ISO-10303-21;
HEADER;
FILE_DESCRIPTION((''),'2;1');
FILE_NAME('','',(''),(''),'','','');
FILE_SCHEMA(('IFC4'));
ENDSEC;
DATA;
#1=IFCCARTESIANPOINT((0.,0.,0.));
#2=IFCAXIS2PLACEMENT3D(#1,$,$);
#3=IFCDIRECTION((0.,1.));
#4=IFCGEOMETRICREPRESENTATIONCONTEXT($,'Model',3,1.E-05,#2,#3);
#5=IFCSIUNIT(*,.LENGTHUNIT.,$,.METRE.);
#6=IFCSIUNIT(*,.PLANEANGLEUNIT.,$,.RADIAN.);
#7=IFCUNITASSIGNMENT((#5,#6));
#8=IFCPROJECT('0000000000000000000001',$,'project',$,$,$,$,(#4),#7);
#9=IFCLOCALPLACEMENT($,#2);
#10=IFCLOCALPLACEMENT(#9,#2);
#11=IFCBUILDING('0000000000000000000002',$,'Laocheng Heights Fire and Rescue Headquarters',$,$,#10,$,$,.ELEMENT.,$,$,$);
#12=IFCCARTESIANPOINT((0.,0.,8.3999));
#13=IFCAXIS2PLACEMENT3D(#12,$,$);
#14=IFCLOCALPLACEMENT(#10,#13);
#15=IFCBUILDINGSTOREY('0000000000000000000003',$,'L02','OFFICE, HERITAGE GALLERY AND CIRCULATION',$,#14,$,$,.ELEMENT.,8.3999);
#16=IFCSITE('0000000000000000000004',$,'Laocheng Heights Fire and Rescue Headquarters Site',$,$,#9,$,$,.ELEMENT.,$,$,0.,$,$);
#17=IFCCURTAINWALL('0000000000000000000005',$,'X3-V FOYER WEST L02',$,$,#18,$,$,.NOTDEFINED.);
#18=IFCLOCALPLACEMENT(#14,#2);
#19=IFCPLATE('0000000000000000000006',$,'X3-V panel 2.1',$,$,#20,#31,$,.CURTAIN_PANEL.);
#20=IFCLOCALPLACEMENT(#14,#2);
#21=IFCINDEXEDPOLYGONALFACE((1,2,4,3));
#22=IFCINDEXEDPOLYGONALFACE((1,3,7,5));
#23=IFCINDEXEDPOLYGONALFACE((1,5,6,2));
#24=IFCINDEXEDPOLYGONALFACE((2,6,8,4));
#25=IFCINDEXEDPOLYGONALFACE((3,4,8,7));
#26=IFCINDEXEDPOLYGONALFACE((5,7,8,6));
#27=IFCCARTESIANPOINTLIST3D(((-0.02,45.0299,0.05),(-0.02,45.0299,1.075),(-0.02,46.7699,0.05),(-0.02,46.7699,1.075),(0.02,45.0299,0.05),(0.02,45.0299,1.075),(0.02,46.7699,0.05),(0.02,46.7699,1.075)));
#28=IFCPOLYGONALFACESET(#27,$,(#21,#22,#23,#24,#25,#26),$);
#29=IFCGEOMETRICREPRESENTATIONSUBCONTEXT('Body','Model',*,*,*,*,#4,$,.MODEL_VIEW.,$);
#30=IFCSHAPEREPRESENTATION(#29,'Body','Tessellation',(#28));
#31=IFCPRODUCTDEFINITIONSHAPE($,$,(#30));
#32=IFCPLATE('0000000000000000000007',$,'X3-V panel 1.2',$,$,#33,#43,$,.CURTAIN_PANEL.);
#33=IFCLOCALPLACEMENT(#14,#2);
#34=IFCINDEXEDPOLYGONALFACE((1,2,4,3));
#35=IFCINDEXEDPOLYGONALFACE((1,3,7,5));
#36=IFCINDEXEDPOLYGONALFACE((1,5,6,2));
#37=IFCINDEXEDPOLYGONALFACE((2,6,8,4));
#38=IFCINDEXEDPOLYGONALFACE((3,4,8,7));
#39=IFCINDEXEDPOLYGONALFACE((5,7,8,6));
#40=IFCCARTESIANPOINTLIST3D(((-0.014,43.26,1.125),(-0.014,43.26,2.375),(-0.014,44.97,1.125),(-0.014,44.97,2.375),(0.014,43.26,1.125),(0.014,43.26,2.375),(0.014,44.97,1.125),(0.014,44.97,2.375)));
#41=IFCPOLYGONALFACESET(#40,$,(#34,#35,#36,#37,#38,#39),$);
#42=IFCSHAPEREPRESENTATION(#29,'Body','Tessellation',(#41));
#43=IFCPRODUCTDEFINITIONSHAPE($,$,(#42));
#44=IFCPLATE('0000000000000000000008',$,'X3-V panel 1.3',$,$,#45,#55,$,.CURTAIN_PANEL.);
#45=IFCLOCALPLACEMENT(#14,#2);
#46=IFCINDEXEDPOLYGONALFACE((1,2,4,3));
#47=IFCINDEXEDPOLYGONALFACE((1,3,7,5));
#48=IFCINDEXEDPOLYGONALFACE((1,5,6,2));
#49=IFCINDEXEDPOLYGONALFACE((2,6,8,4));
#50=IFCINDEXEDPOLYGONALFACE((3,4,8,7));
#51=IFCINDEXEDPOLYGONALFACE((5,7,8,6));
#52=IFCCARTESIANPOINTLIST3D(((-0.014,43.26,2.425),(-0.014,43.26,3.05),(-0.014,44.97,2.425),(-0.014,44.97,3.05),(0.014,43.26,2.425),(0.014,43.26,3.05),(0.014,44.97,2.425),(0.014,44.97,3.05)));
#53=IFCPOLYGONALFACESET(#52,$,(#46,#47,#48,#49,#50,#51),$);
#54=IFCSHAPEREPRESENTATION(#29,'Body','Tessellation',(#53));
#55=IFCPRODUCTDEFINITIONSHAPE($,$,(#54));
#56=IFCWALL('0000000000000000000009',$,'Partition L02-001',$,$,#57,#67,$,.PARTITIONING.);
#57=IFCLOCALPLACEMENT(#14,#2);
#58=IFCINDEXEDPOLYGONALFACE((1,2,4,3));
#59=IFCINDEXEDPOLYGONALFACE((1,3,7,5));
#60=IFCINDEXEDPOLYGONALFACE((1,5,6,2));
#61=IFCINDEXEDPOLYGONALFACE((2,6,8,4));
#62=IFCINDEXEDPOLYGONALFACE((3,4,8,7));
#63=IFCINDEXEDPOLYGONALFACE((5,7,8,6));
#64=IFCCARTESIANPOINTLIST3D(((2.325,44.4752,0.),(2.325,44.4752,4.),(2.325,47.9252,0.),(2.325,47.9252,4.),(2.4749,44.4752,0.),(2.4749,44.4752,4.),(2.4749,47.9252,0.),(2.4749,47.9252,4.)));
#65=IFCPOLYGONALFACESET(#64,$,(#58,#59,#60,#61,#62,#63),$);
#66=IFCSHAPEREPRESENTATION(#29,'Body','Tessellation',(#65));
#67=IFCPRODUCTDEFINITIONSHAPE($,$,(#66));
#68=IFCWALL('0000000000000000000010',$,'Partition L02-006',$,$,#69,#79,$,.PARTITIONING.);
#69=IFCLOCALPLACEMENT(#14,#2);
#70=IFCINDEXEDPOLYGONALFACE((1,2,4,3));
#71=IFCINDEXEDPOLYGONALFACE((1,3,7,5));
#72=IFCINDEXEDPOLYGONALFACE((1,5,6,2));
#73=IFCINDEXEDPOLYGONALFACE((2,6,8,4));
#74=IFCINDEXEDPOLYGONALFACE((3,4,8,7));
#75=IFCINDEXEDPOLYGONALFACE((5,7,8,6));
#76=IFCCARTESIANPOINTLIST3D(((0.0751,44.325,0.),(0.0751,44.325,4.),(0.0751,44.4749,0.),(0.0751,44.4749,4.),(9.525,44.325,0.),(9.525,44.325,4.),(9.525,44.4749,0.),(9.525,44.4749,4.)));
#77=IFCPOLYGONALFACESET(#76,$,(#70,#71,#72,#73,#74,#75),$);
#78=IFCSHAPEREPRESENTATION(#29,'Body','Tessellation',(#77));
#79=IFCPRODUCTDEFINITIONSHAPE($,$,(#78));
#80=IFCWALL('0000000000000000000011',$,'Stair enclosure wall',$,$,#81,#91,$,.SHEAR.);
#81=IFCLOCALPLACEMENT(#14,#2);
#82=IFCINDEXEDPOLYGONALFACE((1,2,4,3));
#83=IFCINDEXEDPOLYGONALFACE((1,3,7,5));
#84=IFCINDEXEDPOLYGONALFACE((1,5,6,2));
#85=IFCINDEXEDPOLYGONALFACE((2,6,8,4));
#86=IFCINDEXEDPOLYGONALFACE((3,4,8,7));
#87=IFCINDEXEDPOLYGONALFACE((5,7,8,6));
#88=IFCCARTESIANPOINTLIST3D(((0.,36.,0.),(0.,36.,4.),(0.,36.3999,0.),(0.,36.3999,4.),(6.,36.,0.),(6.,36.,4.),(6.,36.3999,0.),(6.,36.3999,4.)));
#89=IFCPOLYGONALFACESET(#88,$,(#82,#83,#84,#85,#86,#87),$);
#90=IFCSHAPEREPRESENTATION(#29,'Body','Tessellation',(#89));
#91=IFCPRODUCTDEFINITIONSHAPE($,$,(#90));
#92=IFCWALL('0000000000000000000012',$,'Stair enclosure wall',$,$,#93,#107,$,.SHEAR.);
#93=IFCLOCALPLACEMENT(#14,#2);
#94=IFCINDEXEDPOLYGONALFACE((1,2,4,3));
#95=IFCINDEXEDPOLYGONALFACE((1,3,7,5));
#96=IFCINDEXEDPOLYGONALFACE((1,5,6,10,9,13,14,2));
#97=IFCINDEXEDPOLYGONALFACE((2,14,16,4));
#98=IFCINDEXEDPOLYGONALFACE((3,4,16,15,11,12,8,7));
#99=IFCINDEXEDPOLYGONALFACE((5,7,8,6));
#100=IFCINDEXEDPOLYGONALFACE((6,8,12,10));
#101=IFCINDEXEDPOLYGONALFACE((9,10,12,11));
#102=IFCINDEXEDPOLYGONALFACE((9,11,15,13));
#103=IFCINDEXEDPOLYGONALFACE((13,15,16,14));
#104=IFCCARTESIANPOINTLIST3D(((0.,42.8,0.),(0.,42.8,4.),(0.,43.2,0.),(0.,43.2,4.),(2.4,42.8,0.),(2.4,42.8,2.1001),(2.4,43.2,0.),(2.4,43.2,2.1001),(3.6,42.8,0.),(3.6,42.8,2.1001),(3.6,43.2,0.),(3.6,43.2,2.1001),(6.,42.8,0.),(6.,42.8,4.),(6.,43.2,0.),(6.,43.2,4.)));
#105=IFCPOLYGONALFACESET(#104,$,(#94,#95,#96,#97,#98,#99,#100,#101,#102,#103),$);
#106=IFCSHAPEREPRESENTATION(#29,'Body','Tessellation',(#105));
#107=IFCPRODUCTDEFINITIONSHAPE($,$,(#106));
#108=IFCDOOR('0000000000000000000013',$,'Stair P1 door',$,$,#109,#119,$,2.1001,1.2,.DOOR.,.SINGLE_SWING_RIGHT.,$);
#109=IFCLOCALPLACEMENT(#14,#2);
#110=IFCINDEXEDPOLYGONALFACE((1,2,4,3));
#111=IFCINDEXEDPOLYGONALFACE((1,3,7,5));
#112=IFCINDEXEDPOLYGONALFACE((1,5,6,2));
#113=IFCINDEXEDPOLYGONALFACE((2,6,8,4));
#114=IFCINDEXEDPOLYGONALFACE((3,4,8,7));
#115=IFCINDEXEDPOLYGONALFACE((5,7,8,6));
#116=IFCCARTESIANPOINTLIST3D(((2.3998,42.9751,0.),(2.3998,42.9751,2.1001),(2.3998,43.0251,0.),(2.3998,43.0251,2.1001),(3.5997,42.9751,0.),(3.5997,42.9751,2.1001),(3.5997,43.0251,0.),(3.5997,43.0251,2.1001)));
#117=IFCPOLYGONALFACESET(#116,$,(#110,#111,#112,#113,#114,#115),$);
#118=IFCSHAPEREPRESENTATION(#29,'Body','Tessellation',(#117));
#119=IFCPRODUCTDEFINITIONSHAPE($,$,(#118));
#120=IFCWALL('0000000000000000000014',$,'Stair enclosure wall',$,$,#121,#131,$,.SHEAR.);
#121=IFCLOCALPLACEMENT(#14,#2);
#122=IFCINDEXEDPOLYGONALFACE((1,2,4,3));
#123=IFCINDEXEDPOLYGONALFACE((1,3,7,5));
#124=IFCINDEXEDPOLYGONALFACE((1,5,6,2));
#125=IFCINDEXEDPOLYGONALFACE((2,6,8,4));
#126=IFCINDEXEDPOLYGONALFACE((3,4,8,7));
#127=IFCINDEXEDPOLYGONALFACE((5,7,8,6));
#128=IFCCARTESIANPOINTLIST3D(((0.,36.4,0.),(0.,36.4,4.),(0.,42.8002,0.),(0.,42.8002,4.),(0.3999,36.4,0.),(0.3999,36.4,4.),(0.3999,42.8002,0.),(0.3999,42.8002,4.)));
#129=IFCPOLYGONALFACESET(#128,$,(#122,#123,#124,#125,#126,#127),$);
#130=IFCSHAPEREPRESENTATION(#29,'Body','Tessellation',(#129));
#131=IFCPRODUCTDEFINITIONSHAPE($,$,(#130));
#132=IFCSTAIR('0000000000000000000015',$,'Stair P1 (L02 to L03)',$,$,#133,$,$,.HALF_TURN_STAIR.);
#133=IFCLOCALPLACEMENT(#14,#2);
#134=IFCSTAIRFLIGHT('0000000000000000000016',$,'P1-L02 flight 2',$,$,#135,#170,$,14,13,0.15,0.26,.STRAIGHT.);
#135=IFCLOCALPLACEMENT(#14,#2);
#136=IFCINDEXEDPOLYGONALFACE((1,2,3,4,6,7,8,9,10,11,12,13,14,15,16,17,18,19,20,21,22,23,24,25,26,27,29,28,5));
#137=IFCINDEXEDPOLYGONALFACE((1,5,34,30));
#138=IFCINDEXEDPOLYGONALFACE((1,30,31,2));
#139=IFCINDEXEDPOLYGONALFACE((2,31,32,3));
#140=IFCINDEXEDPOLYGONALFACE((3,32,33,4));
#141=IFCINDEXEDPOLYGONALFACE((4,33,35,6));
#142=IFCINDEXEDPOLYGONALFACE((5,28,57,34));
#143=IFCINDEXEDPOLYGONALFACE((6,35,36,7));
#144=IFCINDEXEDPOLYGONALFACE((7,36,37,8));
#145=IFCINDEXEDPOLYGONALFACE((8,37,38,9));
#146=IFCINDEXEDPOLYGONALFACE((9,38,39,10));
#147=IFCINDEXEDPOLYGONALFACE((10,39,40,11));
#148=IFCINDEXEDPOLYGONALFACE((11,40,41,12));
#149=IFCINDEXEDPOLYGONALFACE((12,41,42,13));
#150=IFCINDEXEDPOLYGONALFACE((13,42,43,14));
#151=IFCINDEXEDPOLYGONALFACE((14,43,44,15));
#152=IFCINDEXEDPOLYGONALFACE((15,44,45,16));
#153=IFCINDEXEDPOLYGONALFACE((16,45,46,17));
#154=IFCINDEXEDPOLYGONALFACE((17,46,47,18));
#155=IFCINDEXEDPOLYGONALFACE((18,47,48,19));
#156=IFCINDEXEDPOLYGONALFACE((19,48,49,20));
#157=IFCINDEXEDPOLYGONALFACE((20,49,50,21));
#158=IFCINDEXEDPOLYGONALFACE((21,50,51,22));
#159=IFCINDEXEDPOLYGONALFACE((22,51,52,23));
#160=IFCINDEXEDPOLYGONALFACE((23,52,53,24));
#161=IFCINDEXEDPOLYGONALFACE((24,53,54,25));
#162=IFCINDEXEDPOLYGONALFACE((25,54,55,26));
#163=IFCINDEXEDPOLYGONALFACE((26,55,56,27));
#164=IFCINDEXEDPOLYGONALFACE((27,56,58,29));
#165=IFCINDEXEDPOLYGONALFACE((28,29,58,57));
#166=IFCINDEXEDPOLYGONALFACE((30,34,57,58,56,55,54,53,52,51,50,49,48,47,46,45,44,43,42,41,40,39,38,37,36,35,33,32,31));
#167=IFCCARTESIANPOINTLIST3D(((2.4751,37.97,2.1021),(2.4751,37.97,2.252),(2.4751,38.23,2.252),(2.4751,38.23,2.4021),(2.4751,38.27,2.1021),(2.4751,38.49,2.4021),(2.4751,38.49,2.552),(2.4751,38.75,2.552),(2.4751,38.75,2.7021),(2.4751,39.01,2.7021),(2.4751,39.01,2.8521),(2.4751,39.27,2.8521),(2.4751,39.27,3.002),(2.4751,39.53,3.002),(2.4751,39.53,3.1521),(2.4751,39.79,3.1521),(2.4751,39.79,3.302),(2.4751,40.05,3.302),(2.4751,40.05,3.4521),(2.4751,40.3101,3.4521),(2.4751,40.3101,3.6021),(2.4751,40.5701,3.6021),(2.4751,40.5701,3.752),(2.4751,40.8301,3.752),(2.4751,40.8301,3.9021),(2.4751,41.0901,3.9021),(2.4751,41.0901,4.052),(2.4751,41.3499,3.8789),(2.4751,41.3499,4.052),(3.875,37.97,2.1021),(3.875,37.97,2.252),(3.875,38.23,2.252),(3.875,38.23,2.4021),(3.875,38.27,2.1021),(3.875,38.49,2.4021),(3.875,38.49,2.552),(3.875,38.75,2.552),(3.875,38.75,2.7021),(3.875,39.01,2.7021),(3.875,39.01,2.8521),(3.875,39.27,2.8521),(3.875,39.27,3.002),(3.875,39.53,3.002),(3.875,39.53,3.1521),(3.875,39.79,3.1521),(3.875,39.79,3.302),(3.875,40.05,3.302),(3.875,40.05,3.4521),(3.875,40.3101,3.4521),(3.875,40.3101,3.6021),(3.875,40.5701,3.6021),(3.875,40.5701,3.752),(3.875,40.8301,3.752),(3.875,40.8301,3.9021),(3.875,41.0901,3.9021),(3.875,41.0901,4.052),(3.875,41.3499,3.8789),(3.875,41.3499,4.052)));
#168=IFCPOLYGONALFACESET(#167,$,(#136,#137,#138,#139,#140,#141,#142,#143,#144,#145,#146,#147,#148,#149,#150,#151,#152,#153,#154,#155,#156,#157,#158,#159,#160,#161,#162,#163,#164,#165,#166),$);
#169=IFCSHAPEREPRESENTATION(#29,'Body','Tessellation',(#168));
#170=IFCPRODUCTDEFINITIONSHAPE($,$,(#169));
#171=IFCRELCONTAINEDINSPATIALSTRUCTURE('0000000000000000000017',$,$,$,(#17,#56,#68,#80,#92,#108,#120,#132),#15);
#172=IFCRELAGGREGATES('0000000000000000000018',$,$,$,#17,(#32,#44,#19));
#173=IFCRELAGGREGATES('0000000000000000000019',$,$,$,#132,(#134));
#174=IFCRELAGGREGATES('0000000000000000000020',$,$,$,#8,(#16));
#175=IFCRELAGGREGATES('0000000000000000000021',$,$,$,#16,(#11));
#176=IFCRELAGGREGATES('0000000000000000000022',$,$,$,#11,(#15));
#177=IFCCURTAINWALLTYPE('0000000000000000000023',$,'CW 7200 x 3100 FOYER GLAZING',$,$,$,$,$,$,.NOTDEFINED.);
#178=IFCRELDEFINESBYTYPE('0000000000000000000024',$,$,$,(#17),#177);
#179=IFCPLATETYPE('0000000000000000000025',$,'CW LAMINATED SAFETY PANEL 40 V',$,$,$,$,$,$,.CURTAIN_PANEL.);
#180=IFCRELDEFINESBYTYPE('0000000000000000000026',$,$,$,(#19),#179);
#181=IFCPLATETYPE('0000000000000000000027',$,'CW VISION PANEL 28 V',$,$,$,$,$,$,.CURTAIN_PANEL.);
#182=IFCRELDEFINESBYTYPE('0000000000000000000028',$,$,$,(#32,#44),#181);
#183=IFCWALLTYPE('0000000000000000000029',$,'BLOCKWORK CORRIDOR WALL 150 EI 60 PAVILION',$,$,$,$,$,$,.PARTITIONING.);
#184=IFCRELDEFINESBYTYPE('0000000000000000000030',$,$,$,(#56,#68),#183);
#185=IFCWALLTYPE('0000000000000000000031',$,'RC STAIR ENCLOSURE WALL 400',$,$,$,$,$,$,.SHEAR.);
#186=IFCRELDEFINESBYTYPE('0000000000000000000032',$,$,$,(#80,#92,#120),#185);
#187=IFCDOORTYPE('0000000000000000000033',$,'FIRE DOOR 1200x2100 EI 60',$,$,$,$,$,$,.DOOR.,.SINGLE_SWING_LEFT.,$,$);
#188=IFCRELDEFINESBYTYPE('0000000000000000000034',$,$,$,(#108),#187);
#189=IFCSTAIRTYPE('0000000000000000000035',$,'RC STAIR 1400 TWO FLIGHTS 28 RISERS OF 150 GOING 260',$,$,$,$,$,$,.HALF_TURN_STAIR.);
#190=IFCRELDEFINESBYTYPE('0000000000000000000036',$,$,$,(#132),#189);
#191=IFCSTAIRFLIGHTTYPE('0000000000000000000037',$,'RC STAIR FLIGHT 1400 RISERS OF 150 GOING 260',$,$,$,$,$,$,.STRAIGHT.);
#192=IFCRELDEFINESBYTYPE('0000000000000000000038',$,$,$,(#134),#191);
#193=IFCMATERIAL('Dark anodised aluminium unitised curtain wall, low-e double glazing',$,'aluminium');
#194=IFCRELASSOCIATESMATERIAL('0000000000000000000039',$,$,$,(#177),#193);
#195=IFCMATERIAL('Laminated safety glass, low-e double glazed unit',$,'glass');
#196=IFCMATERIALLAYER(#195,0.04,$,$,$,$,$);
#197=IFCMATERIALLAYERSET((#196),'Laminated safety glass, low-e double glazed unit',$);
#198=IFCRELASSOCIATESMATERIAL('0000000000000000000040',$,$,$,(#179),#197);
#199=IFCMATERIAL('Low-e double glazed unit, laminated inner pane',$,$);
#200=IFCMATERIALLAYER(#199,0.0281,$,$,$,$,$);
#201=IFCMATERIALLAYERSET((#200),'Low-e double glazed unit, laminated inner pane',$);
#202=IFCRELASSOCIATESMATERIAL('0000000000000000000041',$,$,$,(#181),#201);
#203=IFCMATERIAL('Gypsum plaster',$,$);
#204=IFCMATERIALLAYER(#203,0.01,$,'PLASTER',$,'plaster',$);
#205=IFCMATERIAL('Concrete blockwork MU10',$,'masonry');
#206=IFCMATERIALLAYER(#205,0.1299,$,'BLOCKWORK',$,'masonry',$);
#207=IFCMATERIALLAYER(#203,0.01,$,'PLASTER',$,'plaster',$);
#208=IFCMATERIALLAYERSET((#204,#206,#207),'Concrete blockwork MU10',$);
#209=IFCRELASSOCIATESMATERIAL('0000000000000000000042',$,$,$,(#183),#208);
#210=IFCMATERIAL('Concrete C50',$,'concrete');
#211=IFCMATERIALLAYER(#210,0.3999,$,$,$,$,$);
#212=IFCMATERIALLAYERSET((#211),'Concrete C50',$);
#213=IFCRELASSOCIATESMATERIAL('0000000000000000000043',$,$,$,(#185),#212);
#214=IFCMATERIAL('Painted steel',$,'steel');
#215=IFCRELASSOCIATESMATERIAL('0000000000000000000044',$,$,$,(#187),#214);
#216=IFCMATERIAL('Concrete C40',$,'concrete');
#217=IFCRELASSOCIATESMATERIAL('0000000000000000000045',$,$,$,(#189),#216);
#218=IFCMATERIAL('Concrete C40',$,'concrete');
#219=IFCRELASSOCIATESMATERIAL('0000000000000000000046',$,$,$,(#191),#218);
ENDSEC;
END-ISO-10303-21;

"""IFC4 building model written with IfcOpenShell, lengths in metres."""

from ifc_helpers import new_model, si_unit, direction, frame, frame_2d, origin, origin_2d, place, context, subcontext, project, spatial, polyline, rectangle, outline, extrude, material, layer, layer_set, type_object, element, fill, aggregate, save


model = new_model("IFC4")

# Units and contexts
model_context = context("Model", 3, precision=1e-05, world=origin(), true_north=direction((0.0, 1.0)))
body_context = subcontext(model_context, "Body", "Model", "MODEL_VIEW")
ifc_project = project(units=[si_unit("LENGTHUNIT", "METRE"), si_unit("PLANEANGLEUNIT", "RADIAN")], contexts=[model_context])

# Site, building, storey
site_placement = place(None, origin())
site = spatial("IfcSite", under=ifc_project, at=site_placement, Name="Laocheng Heights Fire and Rescue Headquarters Site", CompositionType="ELEMENT", RefElevation=0.0)
building_placement = place(site_placement, origin())
building = spatial("IfcBuilding", under=site, at=building_placement, Name="Laocheng Heights Fire and Rescue Headquarters", CompositionType="ELEMENT")
storey_placement = place(building_placement, frame((0.0, 0.0, 8.3999)))
storey = spatial("IfcBuildingStorey", under=building, at=storey_placement, Name="L02", Description="OFFICE, HERITAGE GALLERY AND CIRCULATION", CompositionType="ELEMENT", Elevation=8.3999)

# Curtain wall, plates
ifc_material_1 = material(Name="Dark anodised aluminium unitised curtain wall, low-e double glazing", Category="aluminium")
curtain_wall_type = type_object("IfcCurtainWallType", Name="CW 7200 x 3100 FOYER GLAZING", PredefinedType="NOTDEFINED", material=ifc_material_1)
curtain_wall_placement = place(storey_placement, origin())
curtain_wall = element("IfcCurtainWall", 1, at=curtain_wall_placement, inside=storey, type_object=curtain_wall_type, Name="X3-V FOYER WEST L02", PredefinedType="NOTDEFINED")
ifc_material_2 = material(Name="Laminated safety glass, low-e double glazed unit", Category="glass")
ifc_layer_1 = layer(ifc_material_2, 0.04)
ifc_layer_set_1 = layer_set([ifc_layer_1], Name="Laminated safety glass, low-e double glazed unit")
plate_type_1 = type_object("IfcPlateType", Name="CW LAMINATED SAFETY PANEL 40 V", PredefinedType="CURTAIN_PANEL", material=ifc_layer_set_1)
plate_1_placement = place(storey_placement, frame((0.0, 45.8999, 0.05), z_axis=(0.0, 0.0, 1.0), x_axis=(0.0, 1.0, 0.0)))
plate_1 = element("IfcPlate", 2, at=plate_1_placement, type_object=plate_type_1, Name="X3-V panel 2.1", PredefinedType="CURTAIN_PANEL", context=body_context, shape_type="SweptSolid", body=[
    extrude(rectangle(XDim=1.74, YDim=0.04, at=origin_2d()), origin(), (0.0, 0.0, 1.0), 1.0249),
])
ifc_material_3 = material(Name="Low-e double glazed unit, laminated inner pane")
ifc_layer_2 = layer(ifc_material_3, 0.0281)
ifc_layer_set_2 = layer_set([ifc_layer_2], Name="Low-e double glazed unit, laminated inner pane")
plate_type_2 = type_object("IfcPlateType", Name="CW VISION PANEL 28 V", PredefinedType="CURTAIN_PANEL", material=ifc_layer_set_2)
plate_2_placement = place(storey_placement, frame((0.0, 44.115, 1.125), z_axis=(0.0, 0.0, 1.0), x_axis=(0.0, 1.0, 0.0)))
plate_2 = element("IfcPlate", 3, at=plate_2_placement, type_object=plate_type_2, Name="X3-V panel 1.2", PredefinedType="CURTAIN_PANEL", context=body_context, shape_type="SweptSolid", body=[
    extrude(rectangle(XDim=1.71, YDim=0.0281, at=origin_2d()), origin(), (0.0, 0.0, 1.0), 1.25),
])
plate_3_placement = place(storey_placement, frame((0.0, 44.115, 2.425), z_axis=(0.0, 0.0, 1.0), x_axis=(0.0, 1.0, 0.0)))
plate_3 = element("IfcPlate", 4, at=plate_3_placement, type_object=plate_type_2, Name="X3-V panel 1.3", PredefinedType="CURTAIN_PANEL", context=body_context, shape_type="SweptSolid", body=[
    extrude(rectangle(XDim=1.71, YDim=0.0281, at=origin_2d()), origin(), (0.0, 0.0, 1.0), 0.625),
])
aggregate(curtain_wall, [plate_2, plate_3, plate_1])

# Walls
ifc_material_4 = material(Name="Gypsum plaster")
ifc_layer_3 = layer(ifc_material_4, 0.01, Name="PLASTER", Category="plaster")
ifc_material_5 = material(Name="Concrete blockwork MU10", Category="masonry")
ifc_layer_4 = layer(ifc_material_5, 0.1299, Name="BLOCKWORK", Category="masonry")
ifc_layer_5 = layer(ifc_material_4, 0.01, Name="PLASTER", Category="plaster")
ifc_layer_set_3 = layer_set([ifc_layer_3, ifc_layer_4, ifc_layer_5], Name="Concrete blockwork MU10")
wall_type_1 = type_object("IfcWallType", Name="BLOCKWORK CORRIDOR WALL 150 EI 60 PAVILION", PredefinedType="PARTITIONING", material=ifc_layer_set_3)
wall_1_placement = place(storey_placement, frame((2.3999, 44.4751, 0.0), z_axis=(0.0, 0.0, 1.0), x_axis=(0.0, 1.0, 0.0)))
element("IfcWall", 5, at=wall_1_placement, inside=storey, type_object=wall_type_1, Name="Partition L02-001", PredefinedType="PARTITIONING", context=body_context, shape_type="SweptSolid", body=[
    extrude(rectangle(XDim=3.45, YDim=0.1499, at=frame_2d((1.7251, 0.0))), origin(), (0.0, 0.0, 1.0), 4.0),
])
wall_2_placement = place(storey_placement, frame((0.075, 44.3999, 0.0), z_axis=(0.0, 0.0, 1.0), x_axis=(1.0, 0.0, 0.0)))
element("IfcWall", 6, at=wall_2_placement, inside=storey, type_object=wall_type_1, Name="Partition L02-006", PredefinedType="PARTITIONING", context=body_context, shape_type="SweptSolid", body=[
    extrude(rectangle(XDim=9.45, YDim=0.1499, at=frame_2d((4.7251, 0.0))), origin(), (0.0, 0.0, 1.0), 4.0),
])
ifc_material_6 = material(Name="Concrete C50", Category="concrete")
ifc_layer_6 = layer(ifc_material_6, 0.3999)
ifc_layer_set_4 = layer_set([ifc_layer_6], Name="Concrete C50")
wall_type_2 = type_object("IfcWallType", Name="RC STAIR ENCLOSURE WALL 400", PredefinedType="SHEAR", material=ifc_layer_set_4)
wall_3_placement = place(storey_placement, frame((0.0, 36.2, 0.0), z_axis=(0.0, 0.0, 1.0), x_axis=(1.0, 0.0, 0.0)))
element("IfcWall", 7, at=wall_3_placement, inside=storey, type_object=wall_type_2, Name="Stair enclosure wall", PredefinedType="SHEAR", context=body_context, shape_type="SweptSolid", body=[
    extrude(rectangle(XDim=6.0, YDim=0.3999, at=frame_2d((3.0, 0.0))), origin(), (0.0, 0.0, 1.0), 4.0),
])

# Wall, opening, door
wall_4_placement = place(storey_placement, frame((0.0, 43.0, 0.0), z_axis=(0.0, 0.0, 1.0), x_axis=(1.0, 0.0, 0.0)))
wall_4 = element("IfcWall", 8, at=wall_4_placement, inside=storey, type_object=wall_type_2, Name="Stair enclosure wall", PredefinedType="SHEAR", context=body_context, shape_type="SweptSolid", body=[
    extrude(rectangle(XDim=6.0, YDim=0.3999, at=frame_2d((3.0, 0.0))), origin(), (0.0, 0.0, 1.0), 4.0),
])
opening_placement = place(wall_4_placement, frame((2.3999, 0.0, 0.0)))
opening = element("IfcOpeningElement", 9, at=opening_placement, cuts=wall_4, PredefinedType="OPENING", context=body_context, shape_type="SweptSolid", body=[
    extrude(rectangle(XDim=1.2, YDim=2.1001, at=frame_2d((0.6001, 1.05))), frame((0.0, 0.21, 0.0), z_axis=(0.0, -1.0, 0.0), x_axis=(1.0, 0.0, 0.0)), (0.0, 0.0, 1.0), 0.4199),
])
ifc_material_7 = material(Name="Painted steel", Category="steel")
door_type = type_object("IfcDoorType", Name="FIRE DOOR 1200x2100 EI 60", OperationType="SINGLE_SWING_LEFT", PredefinedType="DOOR", material=ifc_material_7)
door_placement = place(opening_placement, frame((1.2, 0.0, 0.0), z_axis=(0.0, 0.0, 1.0), x_axis=(-1.0, 0.0, 0.0)))
door = element("IfcDoor", 10, at=door_placement, inside=storey, type_object=door_type, Name="Stair P1 door", OperationType="SINGLE_SWING_RIGHT", OverallHeight=2.1001, OverallWidth=1.2, PredefinedType="DOOR", context=body_context, shape_type="SweptSolid", body=[
    extrude(rectangle(XDim=1.2, YDim=2.1001, at=frame_2d((0.6001, 1.05))), frame((0.0, 0.0249, 0.0), z_axis=(0.0, -1.0, 0.0), x_axis=(1.0, 0.0, 0.0)), (0.0, 0.0, 1.0), 0.05),
])
fill(opening, door)

# Wall
wall_5_placement = place(storey_placement, frame((0.2, 36.3999, 0.0), z_axis=(0.0, 0.0, 1.0), x_axis=(0.0, 1.0, 0.0)))
element("IfcWall", 11, at=wall_5_placement, inside=storey, type_object=wall_type_2, Name="Stair enclosure wall", PredefinedType="SHEAR", context=body_context, shape_type="SweptSolid", body=[
    extrude(rectangle(XDim=6.4001, YDim=0.3999, at=frame_2d((3.2002, 0.0))), origin(), (0.0, 0.0, 1.0), 4.0),
])

# Stair, stair flight
ifc_material_8 = material(Name="Concrete C40", Category="concrete")
stair_type = type_object("IfcStairType", Name="RC STAIR 1400 TWO FLIGHTS 28 RISERS OF 150 GOING 260", PredefinedType="HALF_TURN_STAIR", material=ifc_material_8)
stair_placement = place(storey_placement, origin())
stair = element("IfcStair", 12, at=stair_placement, inside=storey, type_object=stair_type, Name="Stair P1 (L02 to L03)", PredefinedType="HALF_TURN_STAIR")
ifc_material_9 = material(Name="Concrete C40", Category="concrete")
stair_flight_type = type_object("IfcStairFlightType", Name="RC STAIR FLIGHT 1400 RISERS OF 150 GOING 260", PredefinedType="STRAIGHT", material=ifc_material_9)
stair_flight_placement = place(storey_placement, frame((3.175, 37.97, 2.1021), z_axis=(0.0, 0.0, 1.0), x_axis=(0.0, 1.0, 0.0)))
stair_flight = element("IfcStairFlight", 13, at=stair_flight_placement, type_object=stair_flight_type, Name="P1-L02 flight 2", NumberOfRisers=14, NumberOfTreads=13, PredefinedType="STRAIGHT", RiserHeight=0.15, TreadLength=0.26, context=body_context, shape_type="SweptSolid", body=[
    extrude(outline(polyline([(0.0, 0.0), (0.0, 0.1499), (0.26, 0.1499), (0.26, 0.3), (0.52, 0.3), (0.52, 0.45), (0.78, 0.45), (0.78, 0.6001), (1.04, 0.6001), (1.04, 0.75), (1.3, 0.75), (1.3, 0.8999), (1.5601, 0.8999), (1.5601, 1.05), (1.8201, 1.05), (1.8201, 1.2), (2.0801, 1.2), (2.0801, 1.3501), (2.3401, 1.3501), (2.3401, 1.5), (2.6001, 1.5), (2.6001, 1.6499), (2.8601, 1.6499), (2.8601, 1.8), (3.1201, 1.8), (3.1201, 1.95), (3.3799, 1.95), (3.3799, 2.1001), (3.3799, 1.7769), (0.3, 0.0), (0.0, 0.0)])), frame((0.0, 0.7, 0.0), z_axis=(0.0, -1.0, 0.0), x_axis=(1.0, 0.0, 0.0)), (0.0, 0.0, 1.0), 1.3999),
])
aggregate(stair, [stair_flight])

save(model, "model.ifc")
